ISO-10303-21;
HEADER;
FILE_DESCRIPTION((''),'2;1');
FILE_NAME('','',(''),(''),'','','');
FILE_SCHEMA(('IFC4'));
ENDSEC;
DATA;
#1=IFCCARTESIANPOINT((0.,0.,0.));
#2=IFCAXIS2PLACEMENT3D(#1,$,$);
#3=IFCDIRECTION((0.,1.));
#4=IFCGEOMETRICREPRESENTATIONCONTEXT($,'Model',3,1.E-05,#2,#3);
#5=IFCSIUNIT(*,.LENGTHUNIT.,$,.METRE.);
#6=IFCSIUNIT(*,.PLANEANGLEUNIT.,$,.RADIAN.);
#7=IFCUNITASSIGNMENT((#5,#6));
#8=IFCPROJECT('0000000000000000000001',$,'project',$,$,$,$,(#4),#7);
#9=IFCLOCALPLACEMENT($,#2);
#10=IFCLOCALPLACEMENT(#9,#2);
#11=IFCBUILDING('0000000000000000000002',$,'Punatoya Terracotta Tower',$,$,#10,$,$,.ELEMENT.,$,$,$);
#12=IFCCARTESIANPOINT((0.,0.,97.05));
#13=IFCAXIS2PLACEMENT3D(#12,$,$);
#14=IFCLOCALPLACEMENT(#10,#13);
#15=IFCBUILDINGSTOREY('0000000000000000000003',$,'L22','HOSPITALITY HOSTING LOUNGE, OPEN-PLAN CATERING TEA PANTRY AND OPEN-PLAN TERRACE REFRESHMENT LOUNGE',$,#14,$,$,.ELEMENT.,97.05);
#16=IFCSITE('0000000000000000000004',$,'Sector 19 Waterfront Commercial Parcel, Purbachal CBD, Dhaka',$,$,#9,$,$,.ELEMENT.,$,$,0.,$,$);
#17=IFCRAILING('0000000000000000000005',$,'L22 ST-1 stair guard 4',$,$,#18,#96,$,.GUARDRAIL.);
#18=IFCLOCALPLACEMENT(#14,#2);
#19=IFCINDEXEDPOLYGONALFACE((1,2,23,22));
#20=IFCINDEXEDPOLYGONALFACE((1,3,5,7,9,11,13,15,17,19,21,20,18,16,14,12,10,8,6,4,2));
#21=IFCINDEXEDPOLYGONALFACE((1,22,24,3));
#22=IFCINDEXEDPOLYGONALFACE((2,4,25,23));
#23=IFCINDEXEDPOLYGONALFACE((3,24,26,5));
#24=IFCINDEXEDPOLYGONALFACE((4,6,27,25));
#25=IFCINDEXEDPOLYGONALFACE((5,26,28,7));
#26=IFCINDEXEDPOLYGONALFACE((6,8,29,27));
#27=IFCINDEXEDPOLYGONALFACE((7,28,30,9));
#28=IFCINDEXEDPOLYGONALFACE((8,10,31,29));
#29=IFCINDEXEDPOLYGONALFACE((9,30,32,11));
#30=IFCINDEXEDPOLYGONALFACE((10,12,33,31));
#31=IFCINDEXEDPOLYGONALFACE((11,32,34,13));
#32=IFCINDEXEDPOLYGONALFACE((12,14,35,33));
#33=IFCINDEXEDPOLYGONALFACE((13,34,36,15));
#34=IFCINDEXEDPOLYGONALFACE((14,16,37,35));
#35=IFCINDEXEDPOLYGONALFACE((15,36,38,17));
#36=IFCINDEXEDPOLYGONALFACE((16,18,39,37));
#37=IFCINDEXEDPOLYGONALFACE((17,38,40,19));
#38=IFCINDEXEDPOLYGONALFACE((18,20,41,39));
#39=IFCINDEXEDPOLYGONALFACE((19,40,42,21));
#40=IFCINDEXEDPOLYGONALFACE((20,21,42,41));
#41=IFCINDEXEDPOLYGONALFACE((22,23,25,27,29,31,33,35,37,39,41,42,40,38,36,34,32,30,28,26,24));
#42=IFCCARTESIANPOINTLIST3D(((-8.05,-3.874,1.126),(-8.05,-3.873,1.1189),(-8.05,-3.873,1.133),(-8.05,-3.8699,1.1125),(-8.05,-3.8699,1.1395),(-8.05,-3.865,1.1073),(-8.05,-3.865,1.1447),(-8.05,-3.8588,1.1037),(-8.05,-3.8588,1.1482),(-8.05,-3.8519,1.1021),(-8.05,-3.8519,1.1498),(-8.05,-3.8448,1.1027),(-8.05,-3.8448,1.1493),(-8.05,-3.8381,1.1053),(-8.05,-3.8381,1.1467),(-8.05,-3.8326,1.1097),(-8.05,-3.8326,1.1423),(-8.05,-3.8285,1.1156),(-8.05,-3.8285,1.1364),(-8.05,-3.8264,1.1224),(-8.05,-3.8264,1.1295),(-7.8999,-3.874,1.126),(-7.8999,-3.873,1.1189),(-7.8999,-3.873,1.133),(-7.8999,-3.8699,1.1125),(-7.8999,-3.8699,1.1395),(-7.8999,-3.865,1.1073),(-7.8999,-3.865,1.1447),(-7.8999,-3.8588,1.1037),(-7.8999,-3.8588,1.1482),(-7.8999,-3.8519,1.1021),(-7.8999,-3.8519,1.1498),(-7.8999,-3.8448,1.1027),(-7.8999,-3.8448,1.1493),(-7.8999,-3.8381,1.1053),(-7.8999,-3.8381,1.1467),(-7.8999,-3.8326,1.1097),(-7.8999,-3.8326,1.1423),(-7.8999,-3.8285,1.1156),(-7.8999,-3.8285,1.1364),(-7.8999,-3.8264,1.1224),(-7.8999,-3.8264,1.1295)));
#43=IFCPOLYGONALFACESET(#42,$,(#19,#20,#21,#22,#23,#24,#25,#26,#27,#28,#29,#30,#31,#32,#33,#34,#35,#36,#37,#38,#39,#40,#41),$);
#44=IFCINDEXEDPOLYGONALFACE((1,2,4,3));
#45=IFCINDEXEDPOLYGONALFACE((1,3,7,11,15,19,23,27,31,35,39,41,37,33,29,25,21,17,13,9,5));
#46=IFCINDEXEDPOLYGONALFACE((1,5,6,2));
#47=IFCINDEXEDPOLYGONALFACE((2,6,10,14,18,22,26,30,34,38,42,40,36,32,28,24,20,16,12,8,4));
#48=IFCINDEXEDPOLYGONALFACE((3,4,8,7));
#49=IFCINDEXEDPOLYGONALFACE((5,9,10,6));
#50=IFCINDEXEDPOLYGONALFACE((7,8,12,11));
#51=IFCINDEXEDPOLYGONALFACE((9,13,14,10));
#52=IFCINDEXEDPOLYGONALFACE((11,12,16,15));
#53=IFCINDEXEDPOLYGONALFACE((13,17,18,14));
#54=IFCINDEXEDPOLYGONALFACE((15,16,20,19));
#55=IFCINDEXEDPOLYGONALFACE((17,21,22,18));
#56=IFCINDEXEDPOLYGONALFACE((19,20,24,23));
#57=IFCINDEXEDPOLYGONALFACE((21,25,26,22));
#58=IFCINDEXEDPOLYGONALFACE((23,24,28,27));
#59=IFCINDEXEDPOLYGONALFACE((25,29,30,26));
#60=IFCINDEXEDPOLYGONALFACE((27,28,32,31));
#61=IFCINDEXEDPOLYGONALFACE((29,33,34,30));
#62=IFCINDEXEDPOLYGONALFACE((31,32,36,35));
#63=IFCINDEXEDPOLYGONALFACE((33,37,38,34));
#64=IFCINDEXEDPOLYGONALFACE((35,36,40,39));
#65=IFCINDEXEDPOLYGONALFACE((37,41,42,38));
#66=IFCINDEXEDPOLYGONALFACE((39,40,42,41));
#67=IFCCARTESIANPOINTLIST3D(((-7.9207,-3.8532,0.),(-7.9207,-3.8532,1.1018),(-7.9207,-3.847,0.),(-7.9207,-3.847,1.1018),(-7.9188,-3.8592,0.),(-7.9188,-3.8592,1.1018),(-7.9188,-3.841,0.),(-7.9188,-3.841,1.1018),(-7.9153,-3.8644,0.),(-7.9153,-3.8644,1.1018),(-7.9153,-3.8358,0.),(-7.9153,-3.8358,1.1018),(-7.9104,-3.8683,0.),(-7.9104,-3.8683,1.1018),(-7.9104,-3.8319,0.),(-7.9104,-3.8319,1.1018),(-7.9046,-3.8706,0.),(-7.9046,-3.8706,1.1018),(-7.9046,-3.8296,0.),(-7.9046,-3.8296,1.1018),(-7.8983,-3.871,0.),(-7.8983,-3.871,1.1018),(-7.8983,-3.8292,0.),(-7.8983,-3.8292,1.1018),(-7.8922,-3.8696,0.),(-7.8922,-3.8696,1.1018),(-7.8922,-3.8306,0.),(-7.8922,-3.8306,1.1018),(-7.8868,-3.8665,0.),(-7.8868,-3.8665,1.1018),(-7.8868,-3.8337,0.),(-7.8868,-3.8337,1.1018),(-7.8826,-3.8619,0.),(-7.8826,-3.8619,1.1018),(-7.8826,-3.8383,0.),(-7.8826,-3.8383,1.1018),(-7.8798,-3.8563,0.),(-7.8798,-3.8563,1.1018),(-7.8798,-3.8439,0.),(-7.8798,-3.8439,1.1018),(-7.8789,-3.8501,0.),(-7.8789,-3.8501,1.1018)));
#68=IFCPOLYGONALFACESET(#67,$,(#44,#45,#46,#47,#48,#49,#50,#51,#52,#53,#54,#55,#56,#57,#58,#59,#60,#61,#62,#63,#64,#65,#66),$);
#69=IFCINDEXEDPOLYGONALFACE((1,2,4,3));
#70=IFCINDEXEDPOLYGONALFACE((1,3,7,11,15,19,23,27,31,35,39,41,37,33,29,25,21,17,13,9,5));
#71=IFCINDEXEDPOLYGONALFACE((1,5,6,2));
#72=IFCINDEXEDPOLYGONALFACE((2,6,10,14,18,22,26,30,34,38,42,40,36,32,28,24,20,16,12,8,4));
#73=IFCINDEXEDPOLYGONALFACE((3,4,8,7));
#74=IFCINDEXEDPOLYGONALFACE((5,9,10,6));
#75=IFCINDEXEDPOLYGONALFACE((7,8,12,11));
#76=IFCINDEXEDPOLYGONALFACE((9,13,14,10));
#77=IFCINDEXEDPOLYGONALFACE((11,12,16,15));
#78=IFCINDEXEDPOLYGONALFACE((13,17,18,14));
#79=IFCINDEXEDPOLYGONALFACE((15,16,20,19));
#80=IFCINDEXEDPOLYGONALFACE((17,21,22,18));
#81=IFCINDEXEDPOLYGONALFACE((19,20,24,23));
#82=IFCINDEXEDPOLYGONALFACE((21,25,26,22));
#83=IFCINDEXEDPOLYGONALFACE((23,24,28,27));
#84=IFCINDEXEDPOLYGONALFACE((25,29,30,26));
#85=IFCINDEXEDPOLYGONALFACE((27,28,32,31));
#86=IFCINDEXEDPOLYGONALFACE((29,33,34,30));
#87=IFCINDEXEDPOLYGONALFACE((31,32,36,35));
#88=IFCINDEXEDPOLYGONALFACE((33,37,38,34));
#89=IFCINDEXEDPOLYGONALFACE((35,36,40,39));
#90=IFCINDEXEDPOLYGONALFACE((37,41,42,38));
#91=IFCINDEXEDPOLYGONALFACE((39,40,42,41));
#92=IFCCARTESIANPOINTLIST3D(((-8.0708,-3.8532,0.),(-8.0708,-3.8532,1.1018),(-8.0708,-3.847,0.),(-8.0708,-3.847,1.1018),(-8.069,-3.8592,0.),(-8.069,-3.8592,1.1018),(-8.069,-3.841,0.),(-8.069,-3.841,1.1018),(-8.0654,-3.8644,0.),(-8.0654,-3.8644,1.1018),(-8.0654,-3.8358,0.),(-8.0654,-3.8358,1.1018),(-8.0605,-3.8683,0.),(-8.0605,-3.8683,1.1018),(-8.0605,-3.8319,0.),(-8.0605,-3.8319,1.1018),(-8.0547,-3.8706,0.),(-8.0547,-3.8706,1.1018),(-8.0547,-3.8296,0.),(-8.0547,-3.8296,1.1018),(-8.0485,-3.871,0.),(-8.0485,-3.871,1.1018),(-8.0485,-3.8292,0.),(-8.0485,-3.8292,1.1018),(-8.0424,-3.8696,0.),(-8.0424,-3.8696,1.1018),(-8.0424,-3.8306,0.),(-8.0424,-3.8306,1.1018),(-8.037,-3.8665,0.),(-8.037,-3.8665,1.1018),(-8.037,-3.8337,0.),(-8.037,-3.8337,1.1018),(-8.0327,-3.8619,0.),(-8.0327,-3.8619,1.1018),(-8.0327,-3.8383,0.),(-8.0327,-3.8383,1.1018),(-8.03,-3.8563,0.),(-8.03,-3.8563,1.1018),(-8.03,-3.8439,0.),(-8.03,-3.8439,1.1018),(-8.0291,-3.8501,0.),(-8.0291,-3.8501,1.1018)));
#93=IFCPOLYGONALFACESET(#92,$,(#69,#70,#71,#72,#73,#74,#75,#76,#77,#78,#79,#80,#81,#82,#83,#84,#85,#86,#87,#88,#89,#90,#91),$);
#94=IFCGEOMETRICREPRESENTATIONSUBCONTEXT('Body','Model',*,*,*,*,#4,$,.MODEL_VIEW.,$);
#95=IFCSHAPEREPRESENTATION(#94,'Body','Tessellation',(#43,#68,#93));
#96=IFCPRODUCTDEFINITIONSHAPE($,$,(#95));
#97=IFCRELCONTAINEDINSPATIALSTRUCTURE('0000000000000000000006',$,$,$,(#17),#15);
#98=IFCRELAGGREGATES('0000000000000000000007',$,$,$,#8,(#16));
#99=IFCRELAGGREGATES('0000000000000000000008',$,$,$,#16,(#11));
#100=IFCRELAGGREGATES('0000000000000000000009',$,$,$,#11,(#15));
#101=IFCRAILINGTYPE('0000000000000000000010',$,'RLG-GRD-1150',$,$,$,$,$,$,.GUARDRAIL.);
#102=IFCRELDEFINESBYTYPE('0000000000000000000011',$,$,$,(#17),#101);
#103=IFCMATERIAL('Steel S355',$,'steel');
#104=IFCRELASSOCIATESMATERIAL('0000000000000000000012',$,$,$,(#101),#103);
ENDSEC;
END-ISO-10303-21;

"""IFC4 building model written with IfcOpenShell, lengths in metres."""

from ifc_helpers import new_model, si_unit, direction, frame, origin, origin_2d, place, context, subcontext, project, spatial, circle, extrude, material, type_object, element, save


model = new_model("IFC4")

# Units and contexts
model_context = context("Model", 3, precision=1e-05, world=origin(), true_north=direction((0.0, 1.0)))
body_context = subcontext(model_context, "Body", "Model", "MODEL_VIEW")
ifc_project = project(units=[si_unit("LENGTHUNIT", "METRE"), si_unit("PLANEANGLEUNIT", "RADIAN")], contexts=[model_context])

# Site, building, storey
site_placement = place(None, origin())
site = spatial("IfcSite", under=ifc_project, at=site_placement, Name="Sector 19 Waterfront Commercial Parcel, Purbachal CBD, Dhaka", CompositionType="ELEMENT", RefElevation=0.0)
building_placement = place(site_placement, origin())
building = spatial("IfcBuilding", under=site, at=building_placement, Name="Punatoya Terracotta Tower", CompositionType="ELEMENT")
storey_placement = place(building_placement, frame((0.0, 0.0, 97.05)))
storey = spatial("IfcBuildingStorey", under=building, at=storey_placement, Name="L22", Description="HOSPITALITY HOSTING LOUNGE, OPEN-PLAN CATERING TEA PANTRY AND OPEN-PLAN TERRACE REFRESHMENT LOUNGE", CompositionType="ELEMENT", Elevation=97.05)

# Shared definitions
ifc_material_1 = material(Name="Steel S355", Category="steel")

# Railing
railing_type_1 = type_object("IfcRailingType", Name="RLG-GRD-1150", PredefinedType="GUARDRAIL", material=ifc_material_1)
railing_1_placement = place(storey_placement, frame((-7.8999, -3.8501, 0.0)))
element("IfcRailing", 1, at=railing_1_placement, inside=storey, type_object=railing_type_1, Name="L22 ST-1 stair guard 4", PredefinedType="GUARDRAIL", context=body_context, shape_type="SweptSolid", body=[
    extrude(circle(Radius=0.0239, at=origin_2d()), frame((0.0, 0.0, 1.126), z_axis=(-1.0, 0.0, 0.0), x_axis=(0.0, -1.0, 0.0)), (0.0, 0.0, 1.0), 0.1501),
    extrude(circle(Radius=0.021, at=origin_2d()), origin(), (0.0, 0.0, 1.0), 1.1018),
    extrude(circle(Radius=0.021, at=origin_2d()), frame((-0.1501, 0.0, 0.0)), (0.0, 0.0, 1.0), 1.1018),
])

save(model, "model.ifc")
